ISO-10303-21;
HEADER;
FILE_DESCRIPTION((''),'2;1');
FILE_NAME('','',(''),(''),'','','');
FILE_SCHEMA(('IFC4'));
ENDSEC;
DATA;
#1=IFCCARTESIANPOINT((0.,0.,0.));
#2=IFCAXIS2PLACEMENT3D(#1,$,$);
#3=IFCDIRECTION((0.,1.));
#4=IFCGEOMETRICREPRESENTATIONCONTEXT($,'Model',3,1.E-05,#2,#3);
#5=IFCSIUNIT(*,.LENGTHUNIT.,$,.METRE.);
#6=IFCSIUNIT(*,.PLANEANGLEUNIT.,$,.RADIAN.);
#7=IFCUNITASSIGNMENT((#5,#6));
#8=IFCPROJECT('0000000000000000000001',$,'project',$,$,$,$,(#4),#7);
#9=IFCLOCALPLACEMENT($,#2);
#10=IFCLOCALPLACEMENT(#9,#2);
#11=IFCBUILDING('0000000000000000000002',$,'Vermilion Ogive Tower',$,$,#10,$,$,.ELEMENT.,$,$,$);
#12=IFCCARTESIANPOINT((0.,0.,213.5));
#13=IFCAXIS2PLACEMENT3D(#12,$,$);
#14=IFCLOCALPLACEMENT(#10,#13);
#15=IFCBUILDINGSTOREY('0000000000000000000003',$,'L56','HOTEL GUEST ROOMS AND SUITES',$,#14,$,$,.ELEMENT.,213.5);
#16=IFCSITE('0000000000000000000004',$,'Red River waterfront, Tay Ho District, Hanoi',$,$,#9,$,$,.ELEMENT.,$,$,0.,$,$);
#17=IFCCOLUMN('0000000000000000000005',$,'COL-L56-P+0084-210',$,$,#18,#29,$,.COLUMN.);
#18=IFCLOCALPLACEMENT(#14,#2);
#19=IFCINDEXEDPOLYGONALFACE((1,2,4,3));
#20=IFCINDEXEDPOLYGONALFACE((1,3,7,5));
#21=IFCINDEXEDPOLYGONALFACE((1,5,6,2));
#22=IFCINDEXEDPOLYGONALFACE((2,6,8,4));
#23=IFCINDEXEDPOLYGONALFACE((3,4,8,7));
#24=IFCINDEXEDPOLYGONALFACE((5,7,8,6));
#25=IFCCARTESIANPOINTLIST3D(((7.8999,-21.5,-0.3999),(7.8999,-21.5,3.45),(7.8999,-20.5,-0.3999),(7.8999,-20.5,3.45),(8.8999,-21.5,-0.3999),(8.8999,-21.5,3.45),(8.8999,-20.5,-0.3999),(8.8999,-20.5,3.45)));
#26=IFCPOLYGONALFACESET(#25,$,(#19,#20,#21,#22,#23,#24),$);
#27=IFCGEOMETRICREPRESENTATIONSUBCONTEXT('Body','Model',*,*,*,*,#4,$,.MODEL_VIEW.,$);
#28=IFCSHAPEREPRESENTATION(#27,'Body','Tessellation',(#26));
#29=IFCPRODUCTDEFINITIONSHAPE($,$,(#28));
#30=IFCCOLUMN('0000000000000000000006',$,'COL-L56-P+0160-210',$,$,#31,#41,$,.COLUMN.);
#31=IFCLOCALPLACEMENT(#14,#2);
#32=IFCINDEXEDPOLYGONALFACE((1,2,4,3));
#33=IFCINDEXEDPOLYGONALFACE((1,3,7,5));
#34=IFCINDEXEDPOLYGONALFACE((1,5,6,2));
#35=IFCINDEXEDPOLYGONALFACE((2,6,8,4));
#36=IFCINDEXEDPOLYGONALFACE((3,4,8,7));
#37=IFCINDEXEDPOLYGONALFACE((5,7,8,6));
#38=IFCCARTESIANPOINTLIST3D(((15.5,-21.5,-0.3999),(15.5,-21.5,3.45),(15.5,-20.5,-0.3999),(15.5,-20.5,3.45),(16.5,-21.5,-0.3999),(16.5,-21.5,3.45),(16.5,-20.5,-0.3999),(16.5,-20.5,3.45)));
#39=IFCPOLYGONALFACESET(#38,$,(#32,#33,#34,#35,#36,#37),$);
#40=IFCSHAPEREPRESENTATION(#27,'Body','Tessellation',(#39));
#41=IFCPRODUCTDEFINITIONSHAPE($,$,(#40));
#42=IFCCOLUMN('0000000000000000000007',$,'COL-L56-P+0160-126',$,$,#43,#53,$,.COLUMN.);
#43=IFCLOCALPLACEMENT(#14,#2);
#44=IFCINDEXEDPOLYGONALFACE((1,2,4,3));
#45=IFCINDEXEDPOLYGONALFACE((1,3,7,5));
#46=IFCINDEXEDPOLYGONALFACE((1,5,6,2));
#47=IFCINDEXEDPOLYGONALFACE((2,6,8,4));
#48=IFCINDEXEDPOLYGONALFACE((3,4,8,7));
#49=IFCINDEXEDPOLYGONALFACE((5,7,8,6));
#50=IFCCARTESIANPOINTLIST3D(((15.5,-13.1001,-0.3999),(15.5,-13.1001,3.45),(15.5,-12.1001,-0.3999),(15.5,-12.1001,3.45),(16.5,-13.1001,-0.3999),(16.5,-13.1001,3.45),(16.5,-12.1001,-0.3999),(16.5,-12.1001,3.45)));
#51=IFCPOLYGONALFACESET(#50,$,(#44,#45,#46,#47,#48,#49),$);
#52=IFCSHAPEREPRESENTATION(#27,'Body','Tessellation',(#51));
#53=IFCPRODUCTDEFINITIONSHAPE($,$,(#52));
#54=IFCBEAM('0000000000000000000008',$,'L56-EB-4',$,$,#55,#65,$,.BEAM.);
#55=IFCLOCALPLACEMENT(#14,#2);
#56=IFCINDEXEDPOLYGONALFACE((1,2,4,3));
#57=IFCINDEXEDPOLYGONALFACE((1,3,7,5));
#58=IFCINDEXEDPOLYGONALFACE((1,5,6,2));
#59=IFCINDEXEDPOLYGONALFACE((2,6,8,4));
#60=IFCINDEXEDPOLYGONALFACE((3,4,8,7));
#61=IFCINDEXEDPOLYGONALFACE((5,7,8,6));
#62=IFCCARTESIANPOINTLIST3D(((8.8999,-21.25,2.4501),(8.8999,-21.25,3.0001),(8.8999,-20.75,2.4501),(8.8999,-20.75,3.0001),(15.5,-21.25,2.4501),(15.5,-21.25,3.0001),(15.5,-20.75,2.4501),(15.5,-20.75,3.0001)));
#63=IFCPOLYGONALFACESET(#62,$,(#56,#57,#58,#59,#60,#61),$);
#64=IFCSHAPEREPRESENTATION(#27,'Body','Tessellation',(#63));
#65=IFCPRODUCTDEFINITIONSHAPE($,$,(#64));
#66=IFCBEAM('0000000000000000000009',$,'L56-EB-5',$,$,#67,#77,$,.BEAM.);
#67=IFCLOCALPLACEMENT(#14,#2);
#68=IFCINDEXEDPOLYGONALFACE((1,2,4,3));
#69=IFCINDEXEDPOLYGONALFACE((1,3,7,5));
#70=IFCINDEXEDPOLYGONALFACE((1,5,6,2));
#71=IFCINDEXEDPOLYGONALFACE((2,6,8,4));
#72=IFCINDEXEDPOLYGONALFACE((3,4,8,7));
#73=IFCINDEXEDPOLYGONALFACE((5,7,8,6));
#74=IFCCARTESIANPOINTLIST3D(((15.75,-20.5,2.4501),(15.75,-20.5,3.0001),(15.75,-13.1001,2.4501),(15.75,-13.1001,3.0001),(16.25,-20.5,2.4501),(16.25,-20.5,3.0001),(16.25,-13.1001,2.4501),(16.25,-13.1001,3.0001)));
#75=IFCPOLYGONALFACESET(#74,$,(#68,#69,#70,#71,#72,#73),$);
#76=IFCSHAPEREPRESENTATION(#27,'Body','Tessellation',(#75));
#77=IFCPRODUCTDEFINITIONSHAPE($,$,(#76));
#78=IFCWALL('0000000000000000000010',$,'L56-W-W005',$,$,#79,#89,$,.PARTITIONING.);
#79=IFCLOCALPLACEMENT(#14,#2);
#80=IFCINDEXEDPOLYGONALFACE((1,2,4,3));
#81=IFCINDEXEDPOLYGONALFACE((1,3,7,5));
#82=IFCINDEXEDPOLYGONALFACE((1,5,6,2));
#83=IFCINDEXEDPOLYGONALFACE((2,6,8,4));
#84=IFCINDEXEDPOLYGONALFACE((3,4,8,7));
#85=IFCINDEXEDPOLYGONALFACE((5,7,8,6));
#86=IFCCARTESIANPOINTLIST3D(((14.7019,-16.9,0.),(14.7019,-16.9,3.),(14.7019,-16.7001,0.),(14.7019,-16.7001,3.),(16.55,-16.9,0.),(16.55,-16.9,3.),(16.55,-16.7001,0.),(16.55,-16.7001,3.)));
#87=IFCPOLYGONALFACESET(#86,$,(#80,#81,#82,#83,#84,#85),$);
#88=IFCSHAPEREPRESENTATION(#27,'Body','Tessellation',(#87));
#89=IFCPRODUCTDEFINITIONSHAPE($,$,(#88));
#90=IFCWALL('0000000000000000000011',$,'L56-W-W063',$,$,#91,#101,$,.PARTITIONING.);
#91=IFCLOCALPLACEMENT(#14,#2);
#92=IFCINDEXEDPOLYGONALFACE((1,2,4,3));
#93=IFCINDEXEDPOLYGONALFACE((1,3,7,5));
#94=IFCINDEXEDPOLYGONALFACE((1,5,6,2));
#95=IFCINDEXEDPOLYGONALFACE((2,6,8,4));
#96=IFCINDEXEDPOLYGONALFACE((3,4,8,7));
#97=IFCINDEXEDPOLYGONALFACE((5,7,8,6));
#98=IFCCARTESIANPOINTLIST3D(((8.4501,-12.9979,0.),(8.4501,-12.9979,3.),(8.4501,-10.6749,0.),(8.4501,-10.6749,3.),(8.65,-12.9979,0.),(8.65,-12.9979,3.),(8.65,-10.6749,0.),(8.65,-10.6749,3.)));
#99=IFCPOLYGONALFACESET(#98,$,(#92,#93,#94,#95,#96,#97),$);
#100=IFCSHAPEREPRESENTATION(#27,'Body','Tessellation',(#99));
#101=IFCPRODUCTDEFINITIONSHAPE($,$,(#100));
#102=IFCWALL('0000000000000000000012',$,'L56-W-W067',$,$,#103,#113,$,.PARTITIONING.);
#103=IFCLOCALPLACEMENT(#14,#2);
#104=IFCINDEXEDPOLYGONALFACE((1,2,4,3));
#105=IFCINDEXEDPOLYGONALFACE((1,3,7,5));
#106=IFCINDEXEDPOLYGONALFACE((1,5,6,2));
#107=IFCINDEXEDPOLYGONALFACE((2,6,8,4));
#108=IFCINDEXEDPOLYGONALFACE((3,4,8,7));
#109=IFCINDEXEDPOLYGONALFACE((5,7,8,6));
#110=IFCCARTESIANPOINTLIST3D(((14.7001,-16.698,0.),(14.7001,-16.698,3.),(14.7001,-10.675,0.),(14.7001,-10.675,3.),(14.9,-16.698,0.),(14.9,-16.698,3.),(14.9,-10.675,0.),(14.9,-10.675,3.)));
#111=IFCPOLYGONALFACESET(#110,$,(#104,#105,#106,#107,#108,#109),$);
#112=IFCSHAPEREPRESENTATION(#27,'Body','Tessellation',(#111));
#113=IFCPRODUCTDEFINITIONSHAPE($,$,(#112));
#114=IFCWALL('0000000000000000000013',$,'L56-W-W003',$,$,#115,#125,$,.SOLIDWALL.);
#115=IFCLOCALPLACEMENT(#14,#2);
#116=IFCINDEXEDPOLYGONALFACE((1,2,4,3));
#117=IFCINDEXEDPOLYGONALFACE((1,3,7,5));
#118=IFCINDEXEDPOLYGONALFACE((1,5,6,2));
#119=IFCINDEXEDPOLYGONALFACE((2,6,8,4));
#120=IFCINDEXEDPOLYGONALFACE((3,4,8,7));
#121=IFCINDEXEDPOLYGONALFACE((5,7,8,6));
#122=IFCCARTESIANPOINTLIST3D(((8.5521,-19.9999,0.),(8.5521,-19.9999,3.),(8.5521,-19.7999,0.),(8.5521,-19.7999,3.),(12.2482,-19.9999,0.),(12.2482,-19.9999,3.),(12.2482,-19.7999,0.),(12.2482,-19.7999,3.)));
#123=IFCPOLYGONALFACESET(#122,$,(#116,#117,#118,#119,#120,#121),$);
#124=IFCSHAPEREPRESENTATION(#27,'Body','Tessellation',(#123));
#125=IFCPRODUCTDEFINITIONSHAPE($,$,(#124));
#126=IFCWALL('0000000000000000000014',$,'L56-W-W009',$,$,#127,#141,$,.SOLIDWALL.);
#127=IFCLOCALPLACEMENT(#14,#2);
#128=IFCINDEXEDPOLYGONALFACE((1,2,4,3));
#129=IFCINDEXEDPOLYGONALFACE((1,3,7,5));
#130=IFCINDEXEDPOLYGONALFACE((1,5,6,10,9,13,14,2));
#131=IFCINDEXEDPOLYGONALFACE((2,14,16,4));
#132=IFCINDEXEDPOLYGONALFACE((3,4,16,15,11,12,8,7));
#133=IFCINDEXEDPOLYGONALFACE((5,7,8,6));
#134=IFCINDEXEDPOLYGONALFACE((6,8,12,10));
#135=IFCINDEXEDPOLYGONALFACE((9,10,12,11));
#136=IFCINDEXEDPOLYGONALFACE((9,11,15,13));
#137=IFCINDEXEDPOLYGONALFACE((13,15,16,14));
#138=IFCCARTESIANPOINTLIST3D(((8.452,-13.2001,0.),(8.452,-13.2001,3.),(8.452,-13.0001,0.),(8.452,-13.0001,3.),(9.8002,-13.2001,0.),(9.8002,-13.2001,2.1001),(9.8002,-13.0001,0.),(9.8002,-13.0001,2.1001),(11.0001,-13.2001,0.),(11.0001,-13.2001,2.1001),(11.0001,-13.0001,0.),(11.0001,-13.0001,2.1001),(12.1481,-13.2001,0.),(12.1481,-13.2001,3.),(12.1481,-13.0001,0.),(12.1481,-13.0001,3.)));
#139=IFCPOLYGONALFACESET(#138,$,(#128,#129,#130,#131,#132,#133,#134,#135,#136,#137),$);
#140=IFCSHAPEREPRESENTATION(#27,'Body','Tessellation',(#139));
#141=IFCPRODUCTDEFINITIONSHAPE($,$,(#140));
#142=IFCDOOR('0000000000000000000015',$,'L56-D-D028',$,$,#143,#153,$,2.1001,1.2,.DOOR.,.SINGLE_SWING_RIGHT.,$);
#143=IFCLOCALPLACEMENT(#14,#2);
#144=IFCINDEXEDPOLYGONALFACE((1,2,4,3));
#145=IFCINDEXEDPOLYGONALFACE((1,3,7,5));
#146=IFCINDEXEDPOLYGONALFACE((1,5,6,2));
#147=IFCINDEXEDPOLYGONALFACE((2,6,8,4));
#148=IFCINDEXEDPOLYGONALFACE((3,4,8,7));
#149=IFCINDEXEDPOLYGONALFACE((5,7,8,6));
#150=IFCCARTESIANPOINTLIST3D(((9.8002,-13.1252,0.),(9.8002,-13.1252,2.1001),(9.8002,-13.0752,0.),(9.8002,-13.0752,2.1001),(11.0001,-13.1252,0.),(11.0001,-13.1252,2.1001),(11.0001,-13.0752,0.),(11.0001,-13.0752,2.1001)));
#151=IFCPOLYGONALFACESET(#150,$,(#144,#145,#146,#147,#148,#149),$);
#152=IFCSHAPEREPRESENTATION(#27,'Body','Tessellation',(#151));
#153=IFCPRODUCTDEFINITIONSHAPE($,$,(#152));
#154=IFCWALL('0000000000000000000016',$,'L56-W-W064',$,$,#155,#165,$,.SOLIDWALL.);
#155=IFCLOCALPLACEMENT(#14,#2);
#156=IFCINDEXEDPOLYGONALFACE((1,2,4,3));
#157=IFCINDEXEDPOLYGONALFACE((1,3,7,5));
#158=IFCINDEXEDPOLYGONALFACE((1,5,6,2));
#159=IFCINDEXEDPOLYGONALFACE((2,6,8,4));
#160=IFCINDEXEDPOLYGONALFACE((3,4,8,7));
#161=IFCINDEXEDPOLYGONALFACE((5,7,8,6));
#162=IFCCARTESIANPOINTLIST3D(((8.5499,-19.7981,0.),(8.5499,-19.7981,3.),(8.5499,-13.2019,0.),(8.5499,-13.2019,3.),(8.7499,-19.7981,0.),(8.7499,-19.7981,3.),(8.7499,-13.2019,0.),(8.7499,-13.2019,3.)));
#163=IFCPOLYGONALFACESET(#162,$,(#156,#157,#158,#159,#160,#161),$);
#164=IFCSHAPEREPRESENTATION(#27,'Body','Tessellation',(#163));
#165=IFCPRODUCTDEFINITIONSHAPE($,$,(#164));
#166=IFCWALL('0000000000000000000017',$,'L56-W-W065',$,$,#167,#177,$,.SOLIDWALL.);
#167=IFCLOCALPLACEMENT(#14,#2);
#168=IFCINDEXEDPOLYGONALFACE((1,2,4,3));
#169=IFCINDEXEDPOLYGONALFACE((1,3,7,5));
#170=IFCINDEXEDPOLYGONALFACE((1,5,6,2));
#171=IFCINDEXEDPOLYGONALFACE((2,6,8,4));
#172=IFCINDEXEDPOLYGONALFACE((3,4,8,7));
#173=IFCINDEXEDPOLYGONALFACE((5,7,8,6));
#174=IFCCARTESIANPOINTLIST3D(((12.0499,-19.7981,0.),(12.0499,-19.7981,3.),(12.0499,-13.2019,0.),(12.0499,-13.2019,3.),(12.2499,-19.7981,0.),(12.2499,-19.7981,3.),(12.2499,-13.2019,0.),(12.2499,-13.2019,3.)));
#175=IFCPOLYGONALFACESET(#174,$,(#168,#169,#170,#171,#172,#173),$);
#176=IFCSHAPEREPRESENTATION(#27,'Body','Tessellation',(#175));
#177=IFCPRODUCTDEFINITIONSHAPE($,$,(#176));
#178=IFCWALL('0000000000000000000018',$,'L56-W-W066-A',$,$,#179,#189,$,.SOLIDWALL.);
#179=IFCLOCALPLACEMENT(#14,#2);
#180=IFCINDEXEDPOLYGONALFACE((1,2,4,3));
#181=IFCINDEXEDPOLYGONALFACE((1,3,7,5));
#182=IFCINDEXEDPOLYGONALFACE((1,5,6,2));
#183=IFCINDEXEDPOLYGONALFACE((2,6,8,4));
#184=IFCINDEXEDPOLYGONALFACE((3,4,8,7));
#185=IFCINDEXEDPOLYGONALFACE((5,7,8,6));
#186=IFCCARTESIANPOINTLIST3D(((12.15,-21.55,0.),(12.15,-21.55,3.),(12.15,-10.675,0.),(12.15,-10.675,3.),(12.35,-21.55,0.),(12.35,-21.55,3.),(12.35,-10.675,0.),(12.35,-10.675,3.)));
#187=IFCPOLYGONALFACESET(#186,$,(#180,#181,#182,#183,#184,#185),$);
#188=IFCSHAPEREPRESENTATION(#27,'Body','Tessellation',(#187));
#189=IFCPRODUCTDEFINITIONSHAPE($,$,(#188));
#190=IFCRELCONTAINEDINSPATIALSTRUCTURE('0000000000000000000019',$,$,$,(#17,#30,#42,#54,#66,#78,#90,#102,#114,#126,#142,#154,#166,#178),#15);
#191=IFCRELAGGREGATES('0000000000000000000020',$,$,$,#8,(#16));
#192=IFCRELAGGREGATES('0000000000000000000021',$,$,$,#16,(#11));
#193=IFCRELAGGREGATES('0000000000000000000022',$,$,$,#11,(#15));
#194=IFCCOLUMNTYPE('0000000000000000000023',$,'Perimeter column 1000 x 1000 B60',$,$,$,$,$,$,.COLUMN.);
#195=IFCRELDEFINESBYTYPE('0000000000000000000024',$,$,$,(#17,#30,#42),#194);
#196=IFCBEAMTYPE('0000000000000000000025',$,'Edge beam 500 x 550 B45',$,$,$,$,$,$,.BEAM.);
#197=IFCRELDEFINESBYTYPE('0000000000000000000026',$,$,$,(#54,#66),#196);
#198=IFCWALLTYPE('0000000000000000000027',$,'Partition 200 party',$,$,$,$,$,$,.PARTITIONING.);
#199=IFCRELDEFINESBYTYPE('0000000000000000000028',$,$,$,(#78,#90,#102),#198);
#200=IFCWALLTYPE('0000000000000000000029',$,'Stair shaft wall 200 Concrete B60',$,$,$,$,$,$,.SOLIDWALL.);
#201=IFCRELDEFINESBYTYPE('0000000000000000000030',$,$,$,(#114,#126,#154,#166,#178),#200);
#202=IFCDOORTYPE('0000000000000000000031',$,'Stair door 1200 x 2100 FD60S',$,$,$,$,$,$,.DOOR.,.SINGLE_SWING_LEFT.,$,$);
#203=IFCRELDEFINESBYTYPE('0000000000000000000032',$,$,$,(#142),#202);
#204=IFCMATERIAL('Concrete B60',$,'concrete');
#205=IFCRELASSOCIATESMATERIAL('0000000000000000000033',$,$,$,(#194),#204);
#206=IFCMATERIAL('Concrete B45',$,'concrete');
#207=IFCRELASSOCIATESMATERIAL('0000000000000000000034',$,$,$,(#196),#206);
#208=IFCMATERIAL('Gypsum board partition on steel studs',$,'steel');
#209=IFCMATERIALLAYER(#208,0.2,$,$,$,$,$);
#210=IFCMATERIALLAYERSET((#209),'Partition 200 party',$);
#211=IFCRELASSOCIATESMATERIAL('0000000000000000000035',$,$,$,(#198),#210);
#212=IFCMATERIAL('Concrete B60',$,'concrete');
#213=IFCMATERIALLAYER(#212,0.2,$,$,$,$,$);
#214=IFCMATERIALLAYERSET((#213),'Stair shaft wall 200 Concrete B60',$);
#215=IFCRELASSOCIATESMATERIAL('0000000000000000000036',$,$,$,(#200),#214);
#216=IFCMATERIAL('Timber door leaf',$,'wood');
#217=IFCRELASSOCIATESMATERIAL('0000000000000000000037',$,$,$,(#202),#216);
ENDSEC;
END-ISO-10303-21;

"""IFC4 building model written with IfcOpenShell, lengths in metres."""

from ifc_helpers import new_model, si_unit, direction, frame, frame_2d, origin, origin_2d, place, context, subcontext, project, spatial, rectangle, extrude, material, layer, layer_set, material_profile, profile_set, type_object, element, fill, save


model = new_model("IFC4")

# Units and contexts
model_context = context("Model", 3, precision=1e-05, world=origin(), true_north=direction((0.0, 1.0)))
body_context = subcontext(model_context, "Body", "Model", "MODEL_VIEW")
ifc_project = project(units=[si_unit("LENGTHUNIT", "METRE"), si_unit("PLANEANGLEUNIT", "RADIAN")], contexts=[model_context])

# Site, building, storey
site_placement = place(None, origin())
site = spatial("IfcSite", under=ifc_project, at=site_placement, Name="Red River waterfront, Tay Ho District, Hanoi", CompositionType="ELEMENT", RefElevation=0.0)
building_placement = place(site_placement, origin())
building = spatial("IfcBuilding", under=site, at=building_placement, Name="Vermilion Ogive Tower", CompositionType="ELEMENT")
storey_placement = place(building_placement, frame((0.0, 0.0, 213.5)))
storey = spatial("IfcBuildingStorey", under=building, at=storey_placement, Name="L56", Description="HOTEL GUEST ROOMS AND SUITES", CompositionType="ELEMENT", Elevation=213.5)

# Columns
ifc_material_1 = material(Name="Concrete B60", Category="concrete")
ifc_material_profile_1 = material_profile(ifc_material_1, rectangle(XDim=1.0, YDim=1.0, at=origin_2d()), Name="1000 x 1000")
ifc_profile_set_1 = profile_set([ifc_material_profile_1], Name="Concrete B60")
column_type = type_object("IfcColumnType", Name="Perimeter column 1000 x 1000 B60", PredefinedType="COLUMN", material=ifc_profile_set_1)
for number, where, z_axis, x_axis, name in (
    (1, (8.3999, -21.0, -0.3999), (0.0, 0.0, 1.0), (1.0, 0.0, 0.0), "COL-L56-P+0084-210"),
    (2, (16.0, -21.0, -0.3999), (0.0, 0.0, 1.0), (1.0, 0.0, 0.0), "COL-L56-P+0160-210"),
    (3, (16.0, -12.6001, -0.3999), (0.0, 0.0, 1.0), (1.0, 0.0, 0.0), "COL-L56-P+0160-126"),
):
    element("IfcColumn", number, at=place(storey_placement, frame(where, z_axis=z_axis, x_axis=x_axis)), inside=storey, type_object=column_type, Name=name, PredefinedType="COLUMN", context=body_context, shape_type="SweptSolid", body=[
        extrude(rectangle(XDim=1.0, YDim=1.0, at=origin_2d()), origin(), (0.0, 0.0, 1.0), 3.8499),
    ])

# Beams
ifc_material_2 = material(Name="Concrete B45", Category="concrete")
ifc_material_profile_2 = material_profile(ifc_material_2, rectangle(XDim=0.5, YDim=0.55, at=origin_2d()), Name="500 x 550")
ifc_profile_set_2 = profile_set([ifc_material_profile_2], Name="Concrete B45")
beam_type = type_object("IfcBeamType", Name="Edge beam 500 x 550 B45", PredefinedType="BEAM", material=ifc_profile_set_2)
beam_1_placement = place(storey_placement, frame((8.8999, -21.0, 2.7251), z_axis=(1.0, 0.0, 0.0), x_axis=(0.0, 1.0, 0.0)))
element("IfcBeam", 4, at=beam_1_placement, inside=storey, type_object=beam_type, Name="L56-EB-4", PredefinedType="BEAM", context=body_context, shape_type="SweptSolid", body=[
    extrude(rectangle(XDim=0.5, YDim=0.55, at=origin_2d()), origin(), (0.0, 0.0, 1.0), 6.6001),
])
beam_2_placement = place(storey_placement, frame((16.0, -20.5, 2.7251), z_axis=(0.0, 1.0, 0.0), x_axis=(-1.0, 0.0, 0.0)))
element("IfcBeam", 5, at=beam_2_placement, inside=storey, type_object=beam_type, Name="L56-EB-5", PredefinedType="BEAM", context=body_context, shape_type="SweptSolid", body=[
    extrude(rectangle(XDim=0.5, YDim=0.55, at=origin_2d()), origin(), (0.0, 0.0, 1.0), 7.3999),
])

# Walls
ifc_material_3 = material(Name="Gypsum board partition on steel studs", Category="steel")
ifc_layer_1 = layer(ifc_material_3, 0.2)
ifc_layer_set_1 = layer_set([ifc_layer_1], Name="Partition 200 party")
wall_type_1 = type_object("IfcWallType", Name="Partition 200 party", PredefinedType="PARTITIONING", material=ifc_layer_set_1)
wall_1_placement = place(storey_placement, frame((14.7019, -16.8, 0.0), z_axis=(0.0, 0.0, 1.0), x_axis=(1.0, 0.0, 0.0)))
element("IfcWall", 6, at=wall_1_placement, inside=storey, type_object=wall_type_1, Name="L56-W-W005", PredefinedType="PARTITIONING", context=body_context, shape_type="SweptSolid", body=[
    extrude(rectangle(XDim=1.8481, YDim=0.2, at=frame_2d((0.9241, 0.0))), origin(), (0.0, 0.0, 1.0), 3.0),
])
wall_2_placement = place(storey_placement, frame((8.55, -12.998, 0.0), z_axis=(0.0, 0.0, 1.0), x_axis=(0.0, 1.0, 0.0)))
element("IfcWall", 7, at=wall_2_placement, inside=storey, type_object=wall_type_1, Name="L56-W-W063", PredefinedType="PARTITIONING", context=body_context, shape_type="SweptSolid", body=[
    extrude(rectangle(XDim=2.323, YDim=0.2, at=frame_2d((1.1616, 0.0))), origin(), (0.0, 0.0, 1.0), 3.0),
])
wall_3_placement = place(storey_placement, frame((14.8, -16.698, 0.0), z_axis=(0.0, 0.0, 1.0), x_axis=(0.0, 1.0, 0.0)))
element("IfcWall", 8, at=wall_3_placement, inside=storey, type_object=wall_type_1, Name="L56-W-W067", PredefinedType="PARTITIONING", context=body_context, shape_type="SweptSolid", body=[
    extrude(rectangle(XDim=6.0229, YDim=0.2, at=frame_2d((3.0115, 0.0))), origin(), (0.0, 0.0, 1.0), 3.0),
])
ifc_material_4 = material(Name="Concrete B60", Category="concrete")
ifc_layer_2 = layer(ifc_material_4, 0.2)
ifc_layer_set_2 = layer_set([ifc_layer_2], Name="Stair shaft wall 200 Concrete B60")
wall_type_2 = type_object("IfcWallType", Name="Stair shaft wall 200 Concrete B60", PredefinedType="SOLIDWALL", material=ifc_layer_set_2)
wall_4_placement = place(storey_placement, frame((8.552, -19.8999, 0.0), z_axis=(0.0, 0.0, 1.0), x_axis=(1.0, 0.0, 0.0)))
element("IfcWall", 9, at=wall_4_placement, inside=storey, type_object=wall_type_2, Name="L56-W-W003", PredefinedType="SOLIDWALL", context=body_context, shape_type="SweptSolid", body=[
    extrude(rectangle(XDim=3.696, YDim=0.2, at=frame_2d((1.8481, 0.0))), origin(), (0.0, 0.0, 1.0), 3.0),
])

# Wall, opening, door
wall_5_placement = place(storey_placement, frame((8.4519, -13.1001, 0.0), z_axis=(0.0, 0.0, 1.0), x_axis=(1.0, 0.0, 0.0)))
wall_5 = element("IfcWall", 10, at=wall_5_placement, inside=storey, type_object=wall_type_2, Name="L56-W-W009", PredefinedType="SOLIDWALL", context=body_context, shape_type="SweptSolid", body=[
    extrude(rectangle(XDim=3.696, YDim=0.2, at=frame_2d((1.8481, 0.0))), origin(), (0.0, 0.0, 1.0), 3.0),
])
opening_1_placement = place(wall_5_placement, frame((1.3481, 0.0, 0.0)))
opening_1 = element("IfcOpeningElement", 11, at=opening_1_placement, cuts=wall_5, PredefinedType="OPENING", context=body_context, shape_type="SweptSolid", body=[
    extrude(rectangle(XDim=1.2, YDim=2.1001, at=frame_2d((0.6001, 1.05))), frame((0.0, 0.1099, 0.0), z_axis=(0.0, -1.0, 0.0), x_axis=(1.0, 0.0, 0.0)), (0.0, 0.0, 1.0), 0.22),
])
ifc_material_5 = material(Name="Timber door leaf", Category="wood")
door_type_1 = type_object("IfcDoorType", Name="Stair door 1200 x 2100 FD60S", OperationType="SINGLE_SWING_LEFT", PredefinedType="DOOR", material=ifc_material_5)
door_1_placement = place(opening_1_placement, origin())
door_1 = element("IfcDoor", 12, at=door_1_placement, inside=storey, type_object=door_type_1, Name="L56-D-D028", OperationType="SINGLE_SWING_RIGHT", OverallHeight=2.1001, OverallWidth=1.2, PredefinedType="DOOR", context=body_context, shape_type="SweptSolid", body=[
    extrude(rectangle(XDim=1.2, YDim=2.1001, at=frame_2d((0.6001, 1.05))), frame((0.0, 0.0249, 0.0), z_axis=(0.0, -1.0, 0.0), x_axis=(1.0, 0.0, 0.0)), (0.0, 0.0, 1.0), 0.05),
])
fill(opening_1, door_1)

# Walls
for number, where, z_axis, x_axis, name in (
    (13, (8.6499, -19.7981, 0.0), (0.0, 0.0, 1.0), (0.0, 1.0, 0.0), "L56-W-W064"),
    (14, (12.1499, -19.7981, 0.0), (0.0, 0.0, 1.0), (0.0, 1.0, 0.0), "L56-W-W065"),
):
    element("IfcWall", number, at=place(storey_placement, frame(where, z_axis=z_axis, x_axis=x_axis)), inside=storey, type_object=wall_type_2, Name=name, PredefinedType="SOLIDWALL", context=body_context, shape_type="SweptSolid", body=[
        extrude(rectangle(XDim=6.5962, YDim=0.2, at=frame_2d((3.2981, 0.0))), origin(), (0.0, 0.0, 1.0), 3.0),
    ])
wall_6_placement = place(storey_placement, frame((12.25, -21.55, 0.0), z_axis=(0.0, 0.0, 1.0), x_axis=(0.0, 1.0, 0.0)))
element("IfcWall", 15, at=wall_6_placement, inside=storey, type_object=wall_type_2, Name="L56-W-W066-A", PredefinedType="SOLIDWALL", context=body_context, shape_type="SweptSolid", body=[
    extrude(rectangle(XDim=10.875, YDim=0.2, at=frame_2d((5.4375, 0.0))), origin(), (0.0, 0.0, 1.0), 3.0),
])

save(model, "model.ifc")
